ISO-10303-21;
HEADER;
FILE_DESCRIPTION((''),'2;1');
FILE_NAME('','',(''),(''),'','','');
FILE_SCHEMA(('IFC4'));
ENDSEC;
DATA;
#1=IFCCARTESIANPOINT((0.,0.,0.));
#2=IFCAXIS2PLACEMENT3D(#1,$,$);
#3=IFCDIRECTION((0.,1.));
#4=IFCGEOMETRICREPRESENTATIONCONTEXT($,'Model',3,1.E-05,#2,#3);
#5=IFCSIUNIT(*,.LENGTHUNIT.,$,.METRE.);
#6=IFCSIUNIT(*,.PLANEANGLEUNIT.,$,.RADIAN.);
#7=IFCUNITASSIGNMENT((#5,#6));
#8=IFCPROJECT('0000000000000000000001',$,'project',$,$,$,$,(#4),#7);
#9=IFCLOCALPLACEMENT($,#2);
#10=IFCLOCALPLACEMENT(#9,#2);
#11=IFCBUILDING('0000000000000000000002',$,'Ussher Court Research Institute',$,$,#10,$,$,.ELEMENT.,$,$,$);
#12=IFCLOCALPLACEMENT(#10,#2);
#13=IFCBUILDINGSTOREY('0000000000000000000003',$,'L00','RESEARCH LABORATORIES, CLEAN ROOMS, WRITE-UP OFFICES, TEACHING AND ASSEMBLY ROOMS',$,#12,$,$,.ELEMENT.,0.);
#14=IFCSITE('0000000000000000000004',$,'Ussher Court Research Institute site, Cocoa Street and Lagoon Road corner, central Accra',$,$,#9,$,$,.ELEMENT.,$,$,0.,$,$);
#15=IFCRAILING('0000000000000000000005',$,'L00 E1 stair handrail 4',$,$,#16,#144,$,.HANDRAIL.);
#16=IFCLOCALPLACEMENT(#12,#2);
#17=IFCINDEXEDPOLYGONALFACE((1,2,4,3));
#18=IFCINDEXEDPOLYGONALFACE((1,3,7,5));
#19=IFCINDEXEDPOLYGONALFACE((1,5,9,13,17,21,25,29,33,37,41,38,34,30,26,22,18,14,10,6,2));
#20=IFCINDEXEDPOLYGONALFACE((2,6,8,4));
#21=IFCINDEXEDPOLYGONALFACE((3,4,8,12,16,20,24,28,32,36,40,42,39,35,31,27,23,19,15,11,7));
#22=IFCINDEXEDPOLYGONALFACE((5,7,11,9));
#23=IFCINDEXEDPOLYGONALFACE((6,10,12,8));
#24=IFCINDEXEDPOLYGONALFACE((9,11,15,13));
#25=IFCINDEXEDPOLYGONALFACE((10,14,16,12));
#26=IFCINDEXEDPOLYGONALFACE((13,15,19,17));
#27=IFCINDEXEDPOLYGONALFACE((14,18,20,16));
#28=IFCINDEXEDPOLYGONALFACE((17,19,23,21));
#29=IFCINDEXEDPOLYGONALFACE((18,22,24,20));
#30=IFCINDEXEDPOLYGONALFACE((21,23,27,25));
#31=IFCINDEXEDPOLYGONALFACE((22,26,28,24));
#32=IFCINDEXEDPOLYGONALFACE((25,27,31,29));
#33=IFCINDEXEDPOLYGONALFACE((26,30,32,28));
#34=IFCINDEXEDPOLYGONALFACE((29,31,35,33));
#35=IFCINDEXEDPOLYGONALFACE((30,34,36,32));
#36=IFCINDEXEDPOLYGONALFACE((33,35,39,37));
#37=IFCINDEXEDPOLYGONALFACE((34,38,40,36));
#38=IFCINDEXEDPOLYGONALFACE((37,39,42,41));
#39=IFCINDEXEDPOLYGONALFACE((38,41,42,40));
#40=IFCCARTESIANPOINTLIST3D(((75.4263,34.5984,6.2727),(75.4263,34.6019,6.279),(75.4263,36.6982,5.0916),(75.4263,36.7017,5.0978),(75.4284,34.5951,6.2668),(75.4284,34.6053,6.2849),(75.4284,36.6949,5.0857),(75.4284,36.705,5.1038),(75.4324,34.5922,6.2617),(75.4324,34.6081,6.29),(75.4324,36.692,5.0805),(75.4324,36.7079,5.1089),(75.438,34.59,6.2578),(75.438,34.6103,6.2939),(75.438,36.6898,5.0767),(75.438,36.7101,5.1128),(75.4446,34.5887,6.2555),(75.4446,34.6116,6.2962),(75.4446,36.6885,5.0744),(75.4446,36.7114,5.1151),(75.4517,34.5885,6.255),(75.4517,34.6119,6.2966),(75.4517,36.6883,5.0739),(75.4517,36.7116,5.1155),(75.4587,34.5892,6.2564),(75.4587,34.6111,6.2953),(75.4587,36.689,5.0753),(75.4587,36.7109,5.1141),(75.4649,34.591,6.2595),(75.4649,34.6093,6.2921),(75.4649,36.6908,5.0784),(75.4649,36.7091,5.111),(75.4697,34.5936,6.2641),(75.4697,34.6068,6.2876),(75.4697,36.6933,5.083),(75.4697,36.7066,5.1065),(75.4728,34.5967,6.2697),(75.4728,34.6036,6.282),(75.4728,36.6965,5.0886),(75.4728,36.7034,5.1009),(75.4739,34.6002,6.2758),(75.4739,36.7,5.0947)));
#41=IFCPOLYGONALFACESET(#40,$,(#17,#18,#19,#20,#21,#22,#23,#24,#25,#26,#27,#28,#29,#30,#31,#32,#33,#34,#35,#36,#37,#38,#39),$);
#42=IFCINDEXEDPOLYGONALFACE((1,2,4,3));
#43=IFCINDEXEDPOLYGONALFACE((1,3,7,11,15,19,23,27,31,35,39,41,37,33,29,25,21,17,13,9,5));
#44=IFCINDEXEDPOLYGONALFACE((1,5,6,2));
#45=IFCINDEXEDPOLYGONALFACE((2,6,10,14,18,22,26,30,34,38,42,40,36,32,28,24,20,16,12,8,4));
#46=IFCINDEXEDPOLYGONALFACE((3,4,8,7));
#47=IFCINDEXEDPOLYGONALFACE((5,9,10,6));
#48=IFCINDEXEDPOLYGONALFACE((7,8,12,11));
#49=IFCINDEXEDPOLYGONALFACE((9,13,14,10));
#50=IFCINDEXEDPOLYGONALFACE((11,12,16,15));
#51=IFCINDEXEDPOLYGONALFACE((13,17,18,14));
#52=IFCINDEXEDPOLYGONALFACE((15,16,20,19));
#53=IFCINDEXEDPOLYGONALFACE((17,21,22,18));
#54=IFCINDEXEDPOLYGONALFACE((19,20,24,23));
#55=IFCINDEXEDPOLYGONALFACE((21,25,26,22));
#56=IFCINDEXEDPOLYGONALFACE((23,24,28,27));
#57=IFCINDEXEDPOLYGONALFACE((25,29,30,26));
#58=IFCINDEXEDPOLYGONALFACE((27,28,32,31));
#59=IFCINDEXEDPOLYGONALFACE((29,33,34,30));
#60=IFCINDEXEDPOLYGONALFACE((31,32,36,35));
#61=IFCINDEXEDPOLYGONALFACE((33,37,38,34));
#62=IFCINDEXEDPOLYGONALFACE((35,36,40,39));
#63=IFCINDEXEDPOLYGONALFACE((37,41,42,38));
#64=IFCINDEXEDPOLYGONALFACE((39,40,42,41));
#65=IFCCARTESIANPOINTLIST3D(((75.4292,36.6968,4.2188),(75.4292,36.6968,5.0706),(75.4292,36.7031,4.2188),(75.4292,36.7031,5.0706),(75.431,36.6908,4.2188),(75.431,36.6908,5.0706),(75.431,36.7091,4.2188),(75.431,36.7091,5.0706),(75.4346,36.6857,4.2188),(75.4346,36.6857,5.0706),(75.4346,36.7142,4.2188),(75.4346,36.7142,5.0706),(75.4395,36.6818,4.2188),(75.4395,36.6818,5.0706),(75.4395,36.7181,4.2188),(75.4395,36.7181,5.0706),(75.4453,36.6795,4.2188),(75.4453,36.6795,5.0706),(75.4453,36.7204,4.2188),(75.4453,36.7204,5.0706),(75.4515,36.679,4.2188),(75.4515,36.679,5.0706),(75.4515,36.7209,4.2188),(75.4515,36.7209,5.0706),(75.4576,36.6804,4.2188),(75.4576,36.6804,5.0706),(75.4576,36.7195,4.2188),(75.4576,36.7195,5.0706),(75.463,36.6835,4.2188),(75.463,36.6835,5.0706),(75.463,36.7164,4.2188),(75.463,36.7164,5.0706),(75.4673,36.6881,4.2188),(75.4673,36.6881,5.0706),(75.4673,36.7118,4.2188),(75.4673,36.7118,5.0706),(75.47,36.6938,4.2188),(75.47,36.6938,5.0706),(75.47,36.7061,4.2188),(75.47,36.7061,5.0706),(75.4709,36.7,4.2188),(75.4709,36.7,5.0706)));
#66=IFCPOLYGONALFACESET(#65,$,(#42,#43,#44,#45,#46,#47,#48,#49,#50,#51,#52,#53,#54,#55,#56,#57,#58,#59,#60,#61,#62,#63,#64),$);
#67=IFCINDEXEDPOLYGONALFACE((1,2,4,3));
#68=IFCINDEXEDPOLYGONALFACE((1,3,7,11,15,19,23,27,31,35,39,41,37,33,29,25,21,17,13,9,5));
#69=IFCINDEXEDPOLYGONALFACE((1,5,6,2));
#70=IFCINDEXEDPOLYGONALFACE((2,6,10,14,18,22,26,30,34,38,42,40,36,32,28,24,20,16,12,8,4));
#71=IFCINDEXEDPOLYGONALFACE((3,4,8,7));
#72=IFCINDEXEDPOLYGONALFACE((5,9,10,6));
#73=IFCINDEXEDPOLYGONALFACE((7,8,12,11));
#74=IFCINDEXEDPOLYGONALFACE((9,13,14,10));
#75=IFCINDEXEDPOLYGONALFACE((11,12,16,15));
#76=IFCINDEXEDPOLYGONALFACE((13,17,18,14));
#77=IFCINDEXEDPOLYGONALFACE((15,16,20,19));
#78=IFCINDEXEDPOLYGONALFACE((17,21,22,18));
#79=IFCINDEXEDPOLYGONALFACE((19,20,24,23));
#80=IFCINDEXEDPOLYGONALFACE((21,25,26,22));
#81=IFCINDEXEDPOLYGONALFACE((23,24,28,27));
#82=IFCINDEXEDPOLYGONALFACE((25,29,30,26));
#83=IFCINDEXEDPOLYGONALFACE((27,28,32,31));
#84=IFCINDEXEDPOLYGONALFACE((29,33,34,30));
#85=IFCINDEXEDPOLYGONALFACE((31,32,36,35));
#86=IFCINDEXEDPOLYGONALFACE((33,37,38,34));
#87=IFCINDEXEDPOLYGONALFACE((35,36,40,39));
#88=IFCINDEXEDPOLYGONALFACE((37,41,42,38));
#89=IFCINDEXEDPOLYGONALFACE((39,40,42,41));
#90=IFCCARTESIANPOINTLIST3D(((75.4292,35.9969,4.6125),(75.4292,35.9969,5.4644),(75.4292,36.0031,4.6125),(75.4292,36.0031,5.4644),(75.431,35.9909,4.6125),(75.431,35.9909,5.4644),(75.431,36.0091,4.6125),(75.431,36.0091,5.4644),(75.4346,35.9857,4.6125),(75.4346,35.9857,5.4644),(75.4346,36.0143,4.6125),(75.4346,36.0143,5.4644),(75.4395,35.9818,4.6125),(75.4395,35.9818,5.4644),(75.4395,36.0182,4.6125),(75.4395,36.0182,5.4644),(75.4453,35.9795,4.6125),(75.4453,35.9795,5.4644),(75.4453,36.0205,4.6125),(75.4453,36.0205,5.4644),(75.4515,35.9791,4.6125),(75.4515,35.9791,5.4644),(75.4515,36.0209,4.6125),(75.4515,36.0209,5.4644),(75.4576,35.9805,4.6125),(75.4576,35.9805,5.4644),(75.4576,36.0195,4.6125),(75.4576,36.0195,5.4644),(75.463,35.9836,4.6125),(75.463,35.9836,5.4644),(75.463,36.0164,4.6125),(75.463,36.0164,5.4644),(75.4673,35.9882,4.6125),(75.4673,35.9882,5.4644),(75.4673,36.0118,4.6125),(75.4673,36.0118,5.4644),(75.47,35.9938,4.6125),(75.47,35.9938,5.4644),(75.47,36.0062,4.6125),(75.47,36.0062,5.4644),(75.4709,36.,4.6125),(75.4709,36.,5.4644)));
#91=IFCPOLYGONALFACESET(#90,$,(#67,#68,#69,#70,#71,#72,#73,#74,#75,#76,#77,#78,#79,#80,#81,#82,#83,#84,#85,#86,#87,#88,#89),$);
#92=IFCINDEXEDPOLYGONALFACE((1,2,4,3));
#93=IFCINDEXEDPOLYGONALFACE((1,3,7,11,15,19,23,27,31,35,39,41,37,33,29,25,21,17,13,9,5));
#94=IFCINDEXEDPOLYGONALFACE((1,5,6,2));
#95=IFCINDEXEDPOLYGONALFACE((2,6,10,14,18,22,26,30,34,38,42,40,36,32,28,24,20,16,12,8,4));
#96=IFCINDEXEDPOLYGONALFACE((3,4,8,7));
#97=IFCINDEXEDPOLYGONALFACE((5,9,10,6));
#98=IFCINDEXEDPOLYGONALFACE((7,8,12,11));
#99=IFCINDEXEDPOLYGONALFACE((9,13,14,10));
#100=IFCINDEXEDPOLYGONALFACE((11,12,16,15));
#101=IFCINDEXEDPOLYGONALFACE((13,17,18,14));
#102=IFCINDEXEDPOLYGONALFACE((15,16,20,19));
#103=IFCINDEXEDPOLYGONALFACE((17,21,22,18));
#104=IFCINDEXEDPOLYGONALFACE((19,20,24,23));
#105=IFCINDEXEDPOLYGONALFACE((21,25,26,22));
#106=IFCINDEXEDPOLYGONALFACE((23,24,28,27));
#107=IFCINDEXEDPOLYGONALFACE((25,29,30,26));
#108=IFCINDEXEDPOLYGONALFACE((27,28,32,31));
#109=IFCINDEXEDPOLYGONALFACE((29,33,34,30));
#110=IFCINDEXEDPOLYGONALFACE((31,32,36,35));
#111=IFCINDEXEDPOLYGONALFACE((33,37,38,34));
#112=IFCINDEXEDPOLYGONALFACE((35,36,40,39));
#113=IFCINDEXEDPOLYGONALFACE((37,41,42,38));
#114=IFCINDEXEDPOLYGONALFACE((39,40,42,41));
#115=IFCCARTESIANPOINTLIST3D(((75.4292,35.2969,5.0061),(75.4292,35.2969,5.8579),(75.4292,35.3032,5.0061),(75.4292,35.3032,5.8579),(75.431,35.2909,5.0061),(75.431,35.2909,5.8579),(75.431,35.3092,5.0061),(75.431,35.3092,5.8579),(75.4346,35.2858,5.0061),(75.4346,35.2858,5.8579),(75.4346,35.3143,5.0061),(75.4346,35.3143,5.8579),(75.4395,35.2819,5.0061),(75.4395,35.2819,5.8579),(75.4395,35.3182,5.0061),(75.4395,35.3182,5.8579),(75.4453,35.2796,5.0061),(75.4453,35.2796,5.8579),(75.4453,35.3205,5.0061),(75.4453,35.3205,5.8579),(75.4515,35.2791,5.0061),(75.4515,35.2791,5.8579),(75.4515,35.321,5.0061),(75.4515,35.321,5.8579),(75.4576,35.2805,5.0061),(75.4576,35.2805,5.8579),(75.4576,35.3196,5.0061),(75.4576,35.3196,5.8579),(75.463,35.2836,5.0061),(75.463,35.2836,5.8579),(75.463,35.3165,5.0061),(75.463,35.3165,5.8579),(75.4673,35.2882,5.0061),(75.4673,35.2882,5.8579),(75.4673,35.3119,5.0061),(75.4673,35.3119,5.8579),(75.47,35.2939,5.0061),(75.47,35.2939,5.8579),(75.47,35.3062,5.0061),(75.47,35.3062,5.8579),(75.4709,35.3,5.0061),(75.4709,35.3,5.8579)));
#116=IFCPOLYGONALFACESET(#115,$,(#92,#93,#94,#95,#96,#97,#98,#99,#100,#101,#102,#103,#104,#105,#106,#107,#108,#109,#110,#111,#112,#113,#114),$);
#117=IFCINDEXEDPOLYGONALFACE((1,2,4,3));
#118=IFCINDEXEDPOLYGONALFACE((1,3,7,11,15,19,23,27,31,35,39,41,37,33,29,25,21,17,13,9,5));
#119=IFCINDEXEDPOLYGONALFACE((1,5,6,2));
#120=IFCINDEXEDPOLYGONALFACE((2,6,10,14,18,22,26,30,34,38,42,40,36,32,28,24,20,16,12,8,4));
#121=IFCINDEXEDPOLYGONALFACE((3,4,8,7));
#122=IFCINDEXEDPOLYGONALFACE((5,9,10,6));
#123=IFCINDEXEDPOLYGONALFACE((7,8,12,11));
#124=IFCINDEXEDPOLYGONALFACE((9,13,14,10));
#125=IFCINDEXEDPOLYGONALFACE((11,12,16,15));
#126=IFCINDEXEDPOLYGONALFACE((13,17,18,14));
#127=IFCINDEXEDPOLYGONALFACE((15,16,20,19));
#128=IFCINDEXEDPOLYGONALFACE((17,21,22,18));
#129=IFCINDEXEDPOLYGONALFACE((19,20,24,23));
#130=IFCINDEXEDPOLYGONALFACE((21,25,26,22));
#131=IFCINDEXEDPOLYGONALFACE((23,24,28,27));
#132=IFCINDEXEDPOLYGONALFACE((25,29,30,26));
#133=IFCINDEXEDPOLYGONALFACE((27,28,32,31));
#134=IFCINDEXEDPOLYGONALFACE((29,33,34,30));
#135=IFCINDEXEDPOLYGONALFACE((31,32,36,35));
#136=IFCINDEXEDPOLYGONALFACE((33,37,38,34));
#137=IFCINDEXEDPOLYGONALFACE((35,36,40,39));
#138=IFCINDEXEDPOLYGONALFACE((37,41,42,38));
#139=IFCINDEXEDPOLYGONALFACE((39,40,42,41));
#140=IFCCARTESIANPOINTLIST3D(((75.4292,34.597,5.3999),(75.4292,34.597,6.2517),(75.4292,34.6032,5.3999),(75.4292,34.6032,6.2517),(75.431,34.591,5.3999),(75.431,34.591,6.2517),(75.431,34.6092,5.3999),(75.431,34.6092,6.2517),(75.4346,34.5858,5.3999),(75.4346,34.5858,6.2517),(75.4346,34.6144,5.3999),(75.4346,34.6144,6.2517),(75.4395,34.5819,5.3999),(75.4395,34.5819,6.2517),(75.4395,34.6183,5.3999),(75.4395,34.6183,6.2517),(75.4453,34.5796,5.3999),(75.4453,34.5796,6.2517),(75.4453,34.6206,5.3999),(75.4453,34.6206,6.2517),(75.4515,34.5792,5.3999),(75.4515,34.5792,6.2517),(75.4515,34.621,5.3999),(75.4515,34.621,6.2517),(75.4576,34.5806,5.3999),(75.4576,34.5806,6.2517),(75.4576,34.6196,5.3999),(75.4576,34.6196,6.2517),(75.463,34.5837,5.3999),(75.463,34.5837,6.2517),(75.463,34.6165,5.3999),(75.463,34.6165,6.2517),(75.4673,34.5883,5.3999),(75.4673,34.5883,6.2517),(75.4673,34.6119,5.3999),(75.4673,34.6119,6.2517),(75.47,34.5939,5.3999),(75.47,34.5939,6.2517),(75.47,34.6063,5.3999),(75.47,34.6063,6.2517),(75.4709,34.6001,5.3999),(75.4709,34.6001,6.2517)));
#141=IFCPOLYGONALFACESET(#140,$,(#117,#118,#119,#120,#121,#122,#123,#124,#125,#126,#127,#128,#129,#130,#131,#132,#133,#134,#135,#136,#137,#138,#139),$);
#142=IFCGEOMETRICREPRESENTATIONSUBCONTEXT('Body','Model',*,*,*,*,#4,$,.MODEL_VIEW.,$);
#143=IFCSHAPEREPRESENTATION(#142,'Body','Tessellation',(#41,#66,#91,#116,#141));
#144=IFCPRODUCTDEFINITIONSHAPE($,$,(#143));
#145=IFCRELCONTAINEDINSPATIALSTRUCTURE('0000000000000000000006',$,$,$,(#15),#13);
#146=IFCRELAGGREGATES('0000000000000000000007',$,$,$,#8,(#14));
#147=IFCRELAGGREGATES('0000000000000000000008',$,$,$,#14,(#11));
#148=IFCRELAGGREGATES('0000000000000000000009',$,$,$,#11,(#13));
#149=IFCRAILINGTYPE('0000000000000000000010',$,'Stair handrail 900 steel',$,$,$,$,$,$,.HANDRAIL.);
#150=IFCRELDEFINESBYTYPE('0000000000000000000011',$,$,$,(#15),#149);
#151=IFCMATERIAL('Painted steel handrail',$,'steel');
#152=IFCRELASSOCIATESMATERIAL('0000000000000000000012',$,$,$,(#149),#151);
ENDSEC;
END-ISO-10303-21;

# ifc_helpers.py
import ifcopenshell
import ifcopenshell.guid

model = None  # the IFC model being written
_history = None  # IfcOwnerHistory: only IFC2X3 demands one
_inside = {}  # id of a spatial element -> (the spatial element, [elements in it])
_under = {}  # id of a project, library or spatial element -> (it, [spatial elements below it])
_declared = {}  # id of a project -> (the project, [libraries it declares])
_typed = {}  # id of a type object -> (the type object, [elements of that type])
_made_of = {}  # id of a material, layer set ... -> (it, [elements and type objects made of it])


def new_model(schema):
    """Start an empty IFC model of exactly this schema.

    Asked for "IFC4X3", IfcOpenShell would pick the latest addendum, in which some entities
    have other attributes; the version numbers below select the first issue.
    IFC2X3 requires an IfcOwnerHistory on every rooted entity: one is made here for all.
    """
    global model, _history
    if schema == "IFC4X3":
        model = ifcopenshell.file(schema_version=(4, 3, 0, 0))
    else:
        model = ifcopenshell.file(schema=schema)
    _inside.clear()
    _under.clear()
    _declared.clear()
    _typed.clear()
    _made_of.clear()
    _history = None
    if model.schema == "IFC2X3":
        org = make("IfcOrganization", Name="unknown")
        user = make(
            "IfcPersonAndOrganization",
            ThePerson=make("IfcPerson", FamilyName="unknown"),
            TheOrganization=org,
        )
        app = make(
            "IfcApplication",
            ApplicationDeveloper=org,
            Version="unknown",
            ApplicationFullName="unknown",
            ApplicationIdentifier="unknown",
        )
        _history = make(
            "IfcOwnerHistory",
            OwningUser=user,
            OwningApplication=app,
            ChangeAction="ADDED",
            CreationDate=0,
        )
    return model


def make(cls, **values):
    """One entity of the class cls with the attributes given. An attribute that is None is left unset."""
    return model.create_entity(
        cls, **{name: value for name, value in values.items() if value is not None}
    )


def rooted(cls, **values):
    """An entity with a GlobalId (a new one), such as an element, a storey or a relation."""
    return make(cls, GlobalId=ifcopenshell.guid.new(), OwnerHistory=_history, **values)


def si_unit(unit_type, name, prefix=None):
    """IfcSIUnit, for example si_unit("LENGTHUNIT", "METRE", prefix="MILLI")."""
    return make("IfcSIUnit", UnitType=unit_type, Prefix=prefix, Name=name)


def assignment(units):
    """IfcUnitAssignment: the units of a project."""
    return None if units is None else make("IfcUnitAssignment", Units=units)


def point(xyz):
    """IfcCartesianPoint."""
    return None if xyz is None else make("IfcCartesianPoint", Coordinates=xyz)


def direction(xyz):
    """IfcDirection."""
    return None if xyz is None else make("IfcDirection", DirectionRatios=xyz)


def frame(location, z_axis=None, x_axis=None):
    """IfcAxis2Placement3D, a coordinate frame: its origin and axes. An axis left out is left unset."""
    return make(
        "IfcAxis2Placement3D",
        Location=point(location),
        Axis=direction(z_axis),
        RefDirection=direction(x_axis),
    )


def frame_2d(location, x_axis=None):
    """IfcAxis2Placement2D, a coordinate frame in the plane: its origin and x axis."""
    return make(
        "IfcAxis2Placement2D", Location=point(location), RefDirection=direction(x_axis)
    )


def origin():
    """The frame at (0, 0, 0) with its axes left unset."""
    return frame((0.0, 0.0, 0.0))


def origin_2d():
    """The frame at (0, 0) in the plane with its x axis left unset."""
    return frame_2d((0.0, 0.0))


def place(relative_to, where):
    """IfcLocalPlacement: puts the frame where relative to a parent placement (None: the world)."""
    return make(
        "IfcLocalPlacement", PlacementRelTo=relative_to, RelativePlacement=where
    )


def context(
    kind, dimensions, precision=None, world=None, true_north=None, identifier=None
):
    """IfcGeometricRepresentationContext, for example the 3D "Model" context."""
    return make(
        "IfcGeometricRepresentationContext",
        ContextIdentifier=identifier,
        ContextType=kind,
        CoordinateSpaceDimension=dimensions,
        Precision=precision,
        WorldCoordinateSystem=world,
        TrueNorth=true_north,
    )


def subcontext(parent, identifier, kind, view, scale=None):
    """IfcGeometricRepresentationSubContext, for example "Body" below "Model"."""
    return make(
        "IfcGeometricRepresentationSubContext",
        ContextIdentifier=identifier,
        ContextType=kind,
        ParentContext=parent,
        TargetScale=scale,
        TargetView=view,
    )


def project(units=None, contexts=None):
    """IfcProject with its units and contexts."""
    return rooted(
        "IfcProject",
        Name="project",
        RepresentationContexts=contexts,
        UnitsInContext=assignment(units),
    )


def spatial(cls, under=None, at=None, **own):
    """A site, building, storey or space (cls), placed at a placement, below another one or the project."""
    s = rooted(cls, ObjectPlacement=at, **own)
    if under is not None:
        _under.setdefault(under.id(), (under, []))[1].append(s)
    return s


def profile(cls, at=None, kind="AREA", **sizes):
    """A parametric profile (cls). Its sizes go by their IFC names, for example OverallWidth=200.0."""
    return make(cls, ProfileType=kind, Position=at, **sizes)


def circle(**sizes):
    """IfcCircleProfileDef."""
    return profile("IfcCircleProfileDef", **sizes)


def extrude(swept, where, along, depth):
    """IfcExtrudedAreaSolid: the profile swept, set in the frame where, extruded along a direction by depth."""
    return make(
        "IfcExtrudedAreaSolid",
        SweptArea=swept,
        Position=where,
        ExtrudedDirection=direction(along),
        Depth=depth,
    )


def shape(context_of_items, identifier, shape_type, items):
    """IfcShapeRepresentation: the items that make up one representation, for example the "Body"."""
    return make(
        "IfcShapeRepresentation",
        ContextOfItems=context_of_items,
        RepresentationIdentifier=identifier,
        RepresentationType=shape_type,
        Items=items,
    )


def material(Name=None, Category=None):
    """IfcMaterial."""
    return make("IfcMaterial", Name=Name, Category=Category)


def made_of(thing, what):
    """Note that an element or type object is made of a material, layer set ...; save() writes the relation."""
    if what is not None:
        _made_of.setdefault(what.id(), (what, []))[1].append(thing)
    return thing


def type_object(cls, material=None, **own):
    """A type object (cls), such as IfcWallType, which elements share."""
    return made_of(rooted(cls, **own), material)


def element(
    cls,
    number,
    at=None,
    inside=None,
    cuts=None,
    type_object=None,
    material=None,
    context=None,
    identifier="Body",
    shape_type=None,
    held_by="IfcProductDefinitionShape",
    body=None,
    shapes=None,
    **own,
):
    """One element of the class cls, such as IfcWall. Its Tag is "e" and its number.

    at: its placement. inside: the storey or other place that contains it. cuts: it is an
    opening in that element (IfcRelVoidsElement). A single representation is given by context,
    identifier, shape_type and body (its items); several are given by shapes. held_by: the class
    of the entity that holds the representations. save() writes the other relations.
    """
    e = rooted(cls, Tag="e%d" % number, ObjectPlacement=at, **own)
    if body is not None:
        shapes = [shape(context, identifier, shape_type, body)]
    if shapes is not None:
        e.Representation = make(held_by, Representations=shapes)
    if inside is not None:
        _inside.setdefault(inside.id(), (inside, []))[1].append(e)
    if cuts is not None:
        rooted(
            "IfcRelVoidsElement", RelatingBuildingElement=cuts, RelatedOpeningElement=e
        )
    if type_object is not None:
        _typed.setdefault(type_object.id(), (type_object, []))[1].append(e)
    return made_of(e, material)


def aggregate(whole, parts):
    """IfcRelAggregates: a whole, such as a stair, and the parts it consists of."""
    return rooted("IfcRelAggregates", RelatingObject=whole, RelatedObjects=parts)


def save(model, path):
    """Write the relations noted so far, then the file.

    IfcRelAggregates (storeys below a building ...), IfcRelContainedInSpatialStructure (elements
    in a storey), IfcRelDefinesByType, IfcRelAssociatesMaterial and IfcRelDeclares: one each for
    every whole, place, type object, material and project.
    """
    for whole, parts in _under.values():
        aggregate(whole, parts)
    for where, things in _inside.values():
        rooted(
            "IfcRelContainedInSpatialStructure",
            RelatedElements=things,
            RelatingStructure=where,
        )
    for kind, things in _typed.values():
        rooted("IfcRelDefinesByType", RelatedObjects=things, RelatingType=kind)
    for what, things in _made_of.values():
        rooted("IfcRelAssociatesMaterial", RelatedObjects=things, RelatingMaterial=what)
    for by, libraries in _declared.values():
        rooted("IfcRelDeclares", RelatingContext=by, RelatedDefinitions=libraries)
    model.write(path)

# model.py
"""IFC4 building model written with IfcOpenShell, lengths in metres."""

from ifc_helpers import new_model, si_unit, direction, frame, origin, origin_2d, place, context, subcontext, project, spatial, circle, extrude, material, type_object, element, save


model = new_model("IFC4")

# Units and contexts
model_context = context("Model", 3, precision=1e-05, world=origin(), true_north=direction((0.0, 1.0)))
body_context = subcontext(model_context, "Body", "Model", "MODEL_VIEW")
ifc_project = project(units=[si_unit("LENGTHUNIT", "METRE"), si_unit("PLANEANGLEUNIT", "RADIAN")], contexts=[model_context])

# Site, building, storey
site_placement = place(None, origin())
site = spatial("IfcSite", under=ifc_project, at=site_placement, Name="Ussher Court Research Institute site, Cocoa Street and Lagoon Road corner, central Accra", CompositionType="ELEMENT", RefElevation=0.0)
building_placement = place(site_placement, origin())
building = spatial("IfcBuilding", under=site, at=building_placement, Name="Ussher Court Research Institute", CompositionType="ELEMENT")
storey_placement = place(building_placement, origin())
storey = spatial("IfcBuildingStorey", under=building, at=storey_placement, Name="L00", Description="RESEARCH LABORATORIES, CLEAN ROOMS, WRITE-UP OFFICES, TEACHING AND ASSEMBLY ROOMS", CompositionType="ELEMENT", Elevation=0.0)

# Railing
ifc_material_1 = material(Name="Painted steel handrail", Category="steel")
railing_type_1 = type_object("IfcRailingType", Name="Stair handrail 900 steel", PredefinedType="HANDRAIL", material=ifc_material_1)
for number, where, name in (
    (1, (75.45, 36.7, 4.2188), "L00 E1 stair handrail 4"),
):
    element("IfcRailing", number, at=place(storey_placement, frame(where)), inside=storey, type_object=railing_type_1, Name=name, PredefinedType="HANDRAIL", context=body_context, shape_type="SweptSolid", body=[
        extrude(circle(Radius=0.0239, at=origin_2d()), frame((0.0, 0.0, 0.876), z_axis=(0.0, -0.871578, 0.490256), x_axis=(1.0, 0.0, 0.0)), (0.0, 0.0, 1.0), 2.4092),
        extrude(circle(Radius=0.021, at=origin_2d()), origin(), (0.0, 0.0, 1.0), 0.8518),
        extrude(circle(Radius=0.021, at=origin_2d()), frame((0.0, -0.7, 0.3938)), (0.0, 0.0, 1.0), 0.8518),
        extrude(circle(Radius=0.021, at=origin_2d()), frame((0.0, -1.3999, 0.7874)), (0.0, 0.0, 1.0), 0.8518),
        extrude(circle(Radius=0.021, at=origin_2d()), frame((0.0, -2.0999, 1.1812)), (0.0, 0.0, 1.0), 0.8518),
    ])

save(model, "model.ifc")
